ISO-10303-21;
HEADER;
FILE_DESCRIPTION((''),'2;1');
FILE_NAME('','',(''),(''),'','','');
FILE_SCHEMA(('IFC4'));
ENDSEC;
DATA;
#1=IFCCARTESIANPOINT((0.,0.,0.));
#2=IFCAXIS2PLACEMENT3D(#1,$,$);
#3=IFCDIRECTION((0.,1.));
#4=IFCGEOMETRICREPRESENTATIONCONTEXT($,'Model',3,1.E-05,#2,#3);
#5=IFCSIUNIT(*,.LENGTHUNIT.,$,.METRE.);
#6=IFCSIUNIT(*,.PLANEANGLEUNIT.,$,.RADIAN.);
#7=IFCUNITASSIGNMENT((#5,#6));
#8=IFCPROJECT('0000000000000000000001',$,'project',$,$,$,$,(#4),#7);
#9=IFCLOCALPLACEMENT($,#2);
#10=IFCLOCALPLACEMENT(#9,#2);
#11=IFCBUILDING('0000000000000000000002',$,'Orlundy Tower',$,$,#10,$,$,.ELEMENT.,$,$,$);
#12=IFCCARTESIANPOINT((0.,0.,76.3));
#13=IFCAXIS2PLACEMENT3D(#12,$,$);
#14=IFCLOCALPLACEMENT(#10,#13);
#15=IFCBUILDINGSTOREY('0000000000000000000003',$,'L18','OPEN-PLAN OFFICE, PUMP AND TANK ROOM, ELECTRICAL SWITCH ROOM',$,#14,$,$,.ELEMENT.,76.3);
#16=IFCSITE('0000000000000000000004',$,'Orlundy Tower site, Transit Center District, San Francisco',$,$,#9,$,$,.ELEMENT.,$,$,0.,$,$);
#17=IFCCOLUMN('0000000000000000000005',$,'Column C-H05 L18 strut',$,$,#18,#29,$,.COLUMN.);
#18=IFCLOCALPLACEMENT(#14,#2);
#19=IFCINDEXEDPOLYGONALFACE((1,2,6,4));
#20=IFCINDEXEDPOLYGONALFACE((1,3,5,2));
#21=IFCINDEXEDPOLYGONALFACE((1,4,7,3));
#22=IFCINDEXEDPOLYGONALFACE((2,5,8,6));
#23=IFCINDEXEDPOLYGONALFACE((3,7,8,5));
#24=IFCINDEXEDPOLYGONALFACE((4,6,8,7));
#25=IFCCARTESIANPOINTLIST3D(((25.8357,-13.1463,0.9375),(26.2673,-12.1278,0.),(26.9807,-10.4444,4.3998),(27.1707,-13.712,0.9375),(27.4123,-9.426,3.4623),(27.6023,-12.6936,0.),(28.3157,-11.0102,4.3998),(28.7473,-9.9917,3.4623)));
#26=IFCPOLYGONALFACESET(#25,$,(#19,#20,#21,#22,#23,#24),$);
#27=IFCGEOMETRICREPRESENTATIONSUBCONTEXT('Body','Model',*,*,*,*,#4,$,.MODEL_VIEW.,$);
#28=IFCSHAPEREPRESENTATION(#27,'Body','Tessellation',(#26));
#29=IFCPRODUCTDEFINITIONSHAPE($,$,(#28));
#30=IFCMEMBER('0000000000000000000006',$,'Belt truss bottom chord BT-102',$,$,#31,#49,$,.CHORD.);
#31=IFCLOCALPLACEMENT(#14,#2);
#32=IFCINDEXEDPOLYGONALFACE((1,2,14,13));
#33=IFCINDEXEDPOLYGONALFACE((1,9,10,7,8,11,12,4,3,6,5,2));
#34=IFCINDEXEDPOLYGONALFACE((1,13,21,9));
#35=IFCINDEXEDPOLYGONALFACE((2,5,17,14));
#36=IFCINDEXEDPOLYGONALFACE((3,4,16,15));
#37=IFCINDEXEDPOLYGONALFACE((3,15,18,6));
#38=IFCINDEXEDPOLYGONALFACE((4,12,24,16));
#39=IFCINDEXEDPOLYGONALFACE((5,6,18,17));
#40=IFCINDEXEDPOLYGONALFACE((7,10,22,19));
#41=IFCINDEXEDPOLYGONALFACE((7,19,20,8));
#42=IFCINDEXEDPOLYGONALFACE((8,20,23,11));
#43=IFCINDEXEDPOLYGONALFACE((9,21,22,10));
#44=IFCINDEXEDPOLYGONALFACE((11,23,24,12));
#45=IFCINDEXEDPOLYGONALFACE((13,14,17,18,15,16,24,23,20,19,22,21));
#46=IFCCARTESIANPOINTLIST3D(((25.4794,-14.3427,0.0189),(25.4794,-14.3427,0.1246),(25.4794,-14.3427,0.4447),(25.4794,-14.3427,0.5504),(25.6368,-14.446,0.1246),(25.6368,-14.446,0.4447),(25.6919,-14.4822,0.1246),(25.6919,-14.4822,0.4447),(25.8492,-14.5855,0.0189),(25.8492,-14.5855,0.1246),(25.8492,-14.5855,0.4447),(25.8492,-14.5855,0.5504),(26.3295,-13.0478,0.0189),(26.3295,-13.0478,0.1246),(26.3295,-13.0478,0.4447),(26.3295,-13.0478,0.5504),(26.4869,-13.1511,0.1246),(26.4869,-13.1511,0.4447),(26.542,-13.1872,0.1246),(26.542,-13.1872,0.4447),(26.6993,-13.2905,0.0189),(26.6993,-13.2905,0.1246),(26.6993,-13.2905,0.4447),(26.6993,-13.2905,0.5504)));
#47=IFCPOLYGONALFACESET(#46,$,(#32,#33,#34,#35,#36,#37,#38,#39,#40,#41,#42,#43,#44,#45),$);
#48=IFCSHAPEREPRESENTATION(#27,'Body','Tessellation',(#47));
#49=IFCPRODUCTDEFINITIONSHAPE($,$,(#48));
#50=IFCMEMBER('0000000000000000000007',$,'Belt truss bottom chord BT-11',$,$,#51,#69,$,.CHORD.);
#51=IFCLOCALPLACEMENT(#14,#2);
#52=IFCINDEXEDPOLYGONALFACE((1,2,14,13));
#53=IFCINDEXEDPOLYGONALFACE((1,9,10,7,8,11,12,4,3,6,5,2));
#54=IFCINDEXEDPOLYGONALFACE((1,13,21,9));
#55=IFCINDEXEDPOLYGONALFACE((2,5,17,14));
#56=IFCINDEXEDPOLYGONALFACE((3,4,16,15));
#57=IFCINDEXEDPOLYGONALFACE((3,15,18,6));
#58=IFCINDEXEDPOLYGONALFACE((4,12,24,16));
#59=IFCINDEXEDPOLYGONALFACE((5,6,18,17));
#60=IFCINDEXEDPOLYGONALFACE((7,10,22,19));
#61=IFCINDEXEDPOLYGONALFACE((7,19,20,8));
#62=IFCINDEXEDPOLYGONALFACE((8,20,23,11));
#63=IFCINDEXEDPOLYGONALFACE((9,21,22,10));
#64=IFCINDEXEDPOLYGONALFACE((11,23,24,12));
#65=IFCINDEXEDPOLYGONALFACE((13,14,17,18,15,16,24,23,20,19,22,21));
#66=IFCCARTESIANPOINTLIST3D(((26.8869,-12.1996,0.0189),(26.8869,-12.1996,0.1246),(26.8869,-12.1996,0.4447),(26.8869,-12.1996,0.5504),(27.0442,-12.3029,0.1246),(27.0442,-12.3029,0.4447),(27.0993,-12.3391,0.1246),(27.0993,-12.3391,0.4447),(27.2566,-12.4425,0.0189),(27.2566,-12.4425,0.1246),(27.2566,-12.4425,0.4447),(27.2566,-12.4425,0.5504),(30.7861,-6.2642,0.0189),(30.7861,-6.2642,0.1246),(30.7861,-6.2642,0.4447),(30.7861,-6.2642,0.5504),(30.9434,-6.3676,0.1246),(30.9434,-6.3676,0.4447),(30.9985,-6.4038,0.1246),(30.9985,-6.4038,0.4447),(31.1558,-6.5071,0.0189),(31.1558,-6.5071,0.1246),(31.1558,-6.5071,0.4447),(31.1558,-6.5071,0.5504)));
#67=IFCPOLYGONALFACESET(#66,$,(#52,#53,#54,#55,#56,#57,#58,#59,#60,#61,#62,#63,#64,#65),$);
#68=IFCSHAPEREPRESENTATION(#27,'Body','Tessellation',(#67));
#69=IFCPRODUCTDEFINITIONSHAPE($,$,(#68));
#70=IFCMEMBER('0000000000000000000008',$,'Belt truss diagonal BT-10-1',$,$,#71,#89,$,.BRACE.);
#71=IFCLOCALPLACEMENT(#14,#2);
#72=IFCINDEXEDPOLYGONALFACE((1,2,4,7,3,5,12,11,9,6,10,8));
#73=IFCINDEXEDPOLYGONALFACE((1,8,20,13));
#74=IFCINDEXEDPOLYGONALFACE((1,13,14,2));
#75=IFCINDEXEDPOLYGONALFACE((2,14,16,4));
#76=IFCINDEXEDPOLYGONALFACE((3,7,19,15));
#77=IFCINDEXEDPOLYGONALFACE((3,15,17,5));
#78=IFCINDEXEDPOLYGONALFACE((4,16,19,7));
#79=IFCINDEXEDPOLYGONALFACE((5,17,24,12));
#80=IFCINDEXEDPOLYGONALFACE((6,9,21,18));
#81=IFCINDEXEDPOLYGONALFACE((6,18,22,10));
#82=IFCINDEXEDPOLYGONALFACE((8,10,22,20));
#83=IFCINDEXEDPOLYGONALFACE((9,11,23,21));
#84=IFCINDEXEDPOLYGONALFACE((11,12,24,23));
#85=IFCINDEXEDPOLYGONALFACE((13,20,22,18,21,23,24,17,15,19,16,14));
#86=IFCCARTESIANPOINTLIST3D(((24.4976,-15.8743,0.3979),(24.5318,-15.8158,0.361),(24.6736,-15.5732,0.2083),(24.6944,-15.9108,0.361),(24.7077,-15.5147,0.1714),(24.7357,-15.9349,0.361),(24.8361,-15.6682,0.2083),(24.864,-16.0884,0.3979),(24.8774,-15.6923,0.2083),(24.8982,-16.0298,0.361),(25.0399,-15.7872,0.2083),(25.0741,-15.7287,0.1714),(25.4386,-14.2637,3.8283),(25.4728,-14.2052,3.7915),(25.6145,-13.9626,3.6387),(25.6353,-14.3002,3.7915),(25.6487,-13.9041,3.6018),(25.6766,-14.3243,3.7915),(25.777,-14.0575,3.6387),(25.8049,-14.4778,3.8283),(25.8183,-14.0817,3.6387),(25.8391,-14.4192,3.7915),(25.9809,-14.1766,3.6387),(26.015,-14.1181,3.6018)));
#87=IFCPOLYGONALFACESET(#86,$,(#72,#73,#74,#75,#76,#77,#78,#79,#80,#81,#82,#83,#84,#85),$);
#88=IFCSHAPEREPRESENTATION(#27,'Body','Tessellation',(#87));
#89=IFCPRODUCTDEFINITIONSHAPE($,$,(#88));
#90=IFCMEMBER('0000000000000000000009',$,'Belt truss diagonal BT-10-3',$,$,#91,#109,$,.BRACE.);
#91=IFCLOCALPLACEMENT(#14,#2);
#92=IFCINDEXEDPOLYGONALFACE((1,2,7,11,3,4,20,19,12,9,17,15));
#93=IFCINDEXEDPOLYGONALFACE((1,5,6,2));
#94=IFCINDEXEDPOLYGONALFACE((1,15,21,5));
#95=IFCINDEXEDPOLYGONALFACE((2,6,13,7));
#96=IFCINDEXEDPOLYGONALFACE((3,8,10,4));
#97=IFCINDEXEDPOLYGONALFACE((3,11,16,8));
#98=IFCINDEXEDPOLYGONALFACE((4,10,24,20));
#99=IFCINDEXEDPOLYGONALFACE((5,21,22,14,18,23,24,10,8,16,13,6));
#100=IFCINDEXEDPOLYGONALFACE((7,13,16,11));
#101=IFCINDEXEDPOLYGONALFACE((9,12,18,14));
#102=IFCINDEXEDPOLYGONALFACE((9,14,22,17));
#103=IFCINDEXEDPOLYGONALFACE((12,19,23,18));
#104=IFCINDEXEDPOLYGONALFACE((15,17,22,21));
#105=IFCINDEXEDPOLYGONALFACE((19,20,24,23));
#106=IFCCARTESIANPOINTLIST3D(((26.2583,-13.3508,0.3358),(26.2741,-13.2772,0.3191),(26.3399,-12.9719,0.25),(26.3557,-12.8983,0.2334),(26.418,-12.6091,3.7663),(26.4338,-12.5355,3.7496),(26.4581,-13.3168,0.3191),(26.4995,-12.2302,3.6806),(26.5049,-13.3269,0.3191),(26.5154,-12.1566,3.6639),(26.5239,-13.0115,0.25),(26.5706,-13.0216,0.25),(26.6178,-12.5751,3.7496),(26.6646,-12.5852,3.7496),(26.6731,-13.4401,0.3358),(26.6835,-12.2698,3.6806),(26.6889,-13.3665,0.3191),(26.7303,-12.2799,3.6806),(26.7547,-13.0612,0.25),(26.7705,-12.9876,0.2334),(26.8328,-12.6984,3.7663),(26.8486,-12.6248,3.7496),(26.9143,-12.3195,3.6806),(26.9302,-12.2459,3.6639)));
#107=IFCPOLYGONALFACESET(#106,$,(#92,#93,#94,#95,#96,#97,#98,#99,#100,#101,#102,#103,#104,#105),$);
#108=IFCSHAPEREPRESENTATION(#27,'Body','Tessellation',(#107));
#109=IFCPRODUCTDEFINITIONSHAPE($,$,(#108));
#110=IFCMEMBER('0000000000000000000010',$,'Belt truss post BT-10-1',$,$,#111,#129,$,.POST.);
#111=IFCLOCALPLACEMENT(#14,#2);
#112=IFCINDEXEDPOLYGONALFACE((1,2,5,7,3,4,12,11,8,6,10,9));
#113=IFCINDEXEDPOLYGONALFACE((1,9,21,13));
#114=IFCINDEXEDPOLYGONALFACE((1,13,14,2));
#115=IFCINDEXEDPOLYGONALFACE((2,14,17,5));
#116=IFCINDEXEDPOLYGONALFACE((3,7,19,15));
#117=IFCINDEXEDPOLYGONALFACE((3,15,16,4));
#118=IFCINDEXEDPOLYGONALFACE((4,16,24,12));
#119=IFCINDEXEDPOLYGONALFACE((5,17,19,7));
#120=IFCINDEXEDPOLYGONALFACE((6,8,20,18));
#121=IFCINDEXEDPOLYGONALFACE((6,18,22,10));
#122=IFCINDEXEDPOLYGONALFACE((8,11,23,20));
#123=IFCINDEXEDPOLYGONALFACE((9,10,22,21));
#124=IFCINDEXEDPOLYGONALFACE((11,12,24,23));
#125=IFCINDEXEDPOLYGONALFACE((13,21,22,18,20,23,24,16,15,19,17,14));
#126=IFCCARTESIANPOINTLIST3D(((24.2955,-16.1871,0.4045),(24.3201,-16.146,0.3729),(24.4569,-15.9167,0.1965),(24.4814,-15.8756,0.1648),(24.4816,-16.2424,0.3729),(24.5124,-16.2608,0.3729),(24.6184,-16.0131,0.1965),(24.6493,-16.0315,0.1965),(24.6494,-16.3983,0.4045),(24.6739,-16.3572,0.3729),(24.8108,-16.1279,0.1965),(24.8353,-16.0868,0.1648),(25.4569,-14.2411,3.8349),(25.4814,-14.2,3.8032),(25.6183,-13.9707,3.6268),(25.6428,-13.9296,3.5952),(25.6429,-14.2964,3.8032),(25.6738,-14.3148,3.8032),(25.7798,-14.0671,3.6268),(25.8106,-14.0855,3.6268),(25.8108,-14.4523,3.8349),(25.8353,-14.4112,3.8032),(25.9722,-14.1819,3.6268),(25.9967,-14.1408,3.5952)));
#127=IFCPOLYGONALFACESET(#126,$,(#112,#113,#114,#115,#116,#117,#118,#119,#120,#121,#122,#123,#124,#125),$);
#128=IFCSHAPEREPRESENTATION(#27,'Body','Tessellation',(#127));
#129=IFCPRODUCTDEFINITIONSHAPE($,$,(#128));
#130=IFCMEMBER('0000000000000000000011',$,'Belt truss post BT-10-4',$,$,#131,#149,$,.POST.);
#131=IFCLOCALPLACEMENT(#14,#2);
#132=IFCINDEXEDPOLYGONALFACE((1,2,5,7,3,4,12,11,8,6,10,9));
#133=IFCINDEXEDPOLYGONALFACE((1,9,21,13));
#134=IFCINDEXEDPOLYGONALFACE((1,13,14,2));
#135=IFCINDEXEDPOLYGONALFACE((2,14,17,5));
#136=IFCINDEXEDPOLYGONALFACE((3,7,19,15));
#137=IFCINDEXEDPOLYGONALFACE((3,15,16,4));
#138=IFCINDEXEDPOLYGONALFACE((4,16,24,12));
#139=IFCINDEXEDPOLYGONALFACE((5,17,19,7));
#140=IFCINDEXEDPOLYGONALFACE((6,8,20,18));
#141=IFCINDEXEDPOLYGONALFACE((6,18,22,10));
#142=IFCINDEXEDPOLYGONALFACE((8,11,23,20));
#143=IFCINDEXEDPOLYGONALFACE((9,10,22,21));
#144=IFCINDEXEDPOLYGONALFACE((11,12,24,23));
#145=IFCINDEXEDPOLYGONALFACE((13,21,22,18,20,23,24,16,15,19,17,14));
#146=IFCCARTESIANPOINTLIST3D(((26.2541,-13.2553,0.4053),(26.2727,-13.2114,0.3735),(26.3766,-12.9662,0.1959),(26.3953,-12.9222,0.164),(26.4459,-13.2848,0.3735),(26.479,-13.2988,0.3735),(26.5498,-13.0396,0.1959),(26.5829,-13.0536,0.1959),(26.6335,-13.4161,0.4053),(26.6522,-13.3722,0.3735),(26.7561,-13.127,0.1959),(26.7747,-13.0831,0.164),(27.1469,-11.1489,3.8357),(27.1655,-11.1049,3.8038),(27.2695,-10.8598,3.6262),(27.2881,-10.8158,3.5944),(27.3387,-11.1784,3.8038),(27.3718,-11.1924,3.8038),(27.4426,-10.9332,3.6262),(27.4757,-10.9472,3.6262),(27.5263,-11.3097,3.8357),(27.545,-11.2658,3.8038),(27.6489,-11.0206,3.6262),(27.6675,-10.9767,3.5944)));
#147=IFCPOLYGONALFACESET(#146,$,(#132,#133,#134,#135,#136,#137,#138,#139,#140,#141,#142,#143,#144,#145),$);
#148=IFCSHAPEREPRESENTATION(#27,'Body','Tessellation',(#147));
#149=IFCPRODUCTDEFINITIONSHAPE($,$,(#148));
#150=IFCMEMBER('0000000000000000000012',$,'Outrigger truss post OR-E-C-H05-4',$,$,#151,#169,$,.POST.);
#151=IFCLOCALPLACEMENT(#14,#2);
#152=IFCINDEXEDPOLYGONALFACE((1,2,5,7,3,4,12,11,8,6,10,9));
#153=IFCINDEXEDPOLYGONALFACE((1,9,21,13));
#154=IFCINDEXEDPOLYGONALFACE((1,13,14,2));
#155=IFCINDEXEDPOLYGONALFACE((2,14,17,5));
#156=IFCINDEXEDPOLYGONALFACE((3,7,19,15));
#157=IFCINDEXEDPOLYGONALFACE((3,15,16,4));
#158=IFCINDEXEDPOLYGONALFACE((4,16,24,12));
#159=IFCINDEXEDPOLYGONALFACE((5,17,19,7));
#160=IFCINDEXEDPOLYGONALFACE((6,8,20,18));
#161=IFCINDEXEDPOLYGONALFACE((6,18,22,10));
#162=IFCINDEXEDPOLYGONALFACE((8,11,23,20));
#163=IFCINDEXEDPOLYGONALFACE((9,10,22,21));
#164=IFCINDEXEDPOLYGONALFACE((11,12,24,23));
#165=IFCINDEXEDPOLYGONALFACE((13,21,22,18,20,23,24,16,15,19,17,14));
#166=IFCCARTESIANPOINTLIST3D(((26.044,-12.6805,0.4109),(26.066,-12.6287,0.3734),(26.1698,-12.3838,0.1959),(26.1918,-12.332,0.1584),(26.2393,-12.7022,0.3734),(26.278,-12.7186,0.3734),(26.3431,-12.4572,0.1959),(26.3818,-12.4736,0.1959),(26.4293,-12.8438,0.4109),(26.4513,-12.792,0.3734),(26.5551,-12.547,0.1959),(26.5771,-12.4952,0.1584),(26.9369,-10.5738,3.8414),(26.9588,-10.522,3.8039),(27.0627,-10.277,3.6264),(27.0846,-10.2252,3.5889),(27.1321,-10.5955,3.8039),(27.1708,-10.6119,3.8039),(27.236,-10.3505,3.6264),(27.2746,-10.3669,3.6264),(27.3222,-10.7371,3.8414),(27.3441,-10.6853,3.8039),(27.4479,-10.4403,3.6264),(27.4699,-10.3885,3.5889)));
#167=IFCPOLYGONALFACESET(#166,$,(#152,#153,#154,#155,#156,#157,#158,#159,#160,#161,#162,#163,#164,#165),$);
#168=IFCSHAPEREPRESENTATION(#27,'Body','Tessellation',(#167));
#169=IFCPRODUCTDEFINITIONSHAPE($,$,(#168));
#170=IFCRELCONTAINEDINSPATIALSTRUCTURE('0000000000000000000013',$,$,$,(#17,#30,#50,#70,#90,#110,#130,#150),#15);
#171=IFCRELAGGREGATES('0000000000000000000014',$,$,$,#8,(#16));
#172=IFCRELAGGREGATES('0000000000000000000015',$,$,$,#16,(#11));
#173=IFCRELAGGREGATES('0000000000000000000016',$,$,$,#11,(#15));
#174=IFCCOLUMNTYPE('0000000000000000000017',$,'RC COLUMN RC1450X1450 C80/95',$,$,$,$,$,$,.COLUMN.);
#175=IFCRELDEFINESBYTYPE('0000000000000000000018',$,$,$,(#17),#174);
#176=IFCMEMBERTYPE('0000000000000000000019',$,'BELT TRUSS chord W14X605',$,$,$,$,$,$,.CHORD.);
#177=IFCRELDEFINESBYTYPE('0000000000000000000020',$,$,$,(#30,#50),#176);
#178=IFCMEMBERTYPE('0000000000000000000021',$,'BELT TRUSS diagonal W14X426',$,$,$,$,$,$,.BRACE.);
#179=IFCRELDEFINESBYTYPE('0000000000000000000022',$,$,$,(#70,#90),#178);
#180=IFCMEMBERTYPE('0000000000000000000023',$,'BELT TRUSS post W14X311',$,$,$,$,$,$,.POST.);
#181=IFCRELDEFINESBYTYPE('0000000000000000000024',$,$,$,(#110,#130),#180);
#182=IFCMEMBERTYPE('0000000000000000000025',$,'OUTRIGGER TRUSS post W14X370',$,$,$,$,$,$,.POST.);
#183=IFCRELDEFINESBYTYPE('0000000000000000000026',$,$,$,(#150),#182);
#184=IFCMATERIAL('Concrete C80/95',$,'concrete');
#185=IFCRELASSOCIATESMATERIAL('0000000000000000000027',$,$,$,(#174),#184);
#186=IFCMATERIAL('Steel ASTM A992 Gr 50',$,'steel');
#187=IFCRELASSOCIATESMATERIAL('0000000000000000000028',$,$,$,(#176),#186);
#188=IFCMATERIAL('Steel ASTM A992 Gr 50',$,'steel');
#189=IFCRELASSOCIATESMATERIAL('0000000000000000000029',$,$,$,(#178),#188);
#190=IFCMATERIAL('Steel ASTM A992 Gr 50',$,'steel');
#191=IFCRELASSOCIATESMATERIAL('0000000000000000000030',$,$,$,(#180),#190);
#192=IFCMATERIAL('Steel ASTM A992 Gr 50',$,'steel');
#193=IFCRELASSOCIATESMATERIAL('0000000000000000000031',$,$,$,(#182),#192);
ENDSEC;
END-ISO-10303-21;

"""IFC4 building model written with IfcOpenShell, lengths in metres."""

from ifc_helpers import new_model, si_unit, direction, frame, origin, origin_2d, place, context, subcontext, project, spatial, rectangle, i_section, extrude, material, material_profile, profile_set, type_object, element, save


model = new_model("IFC4")

# Units and contexts
model_context = context("Model", 3, precision=1e-05, world=origin(), true_north=direction((0.0, 1.0)))
body_context = subcontext(model_context, "Body", "Model", "MODEL_VIEW")
ifc_project = project(units=[si_unit("LENGTHUNIT", "METRE"), si_unit("PLANEANGLEUNIT", "RADIAN")], contexts=[model_context])

# Site, building, storey
site_placement = place(None, origin())
site = spatial("IfcSite", under=ifc_project, at=site_placement, Name="Orlundy Tower site, Transit Center District, San Francisco", CompositionType="ELEMENT", RefElevation=0.0)
building_placement = place(site_placement, origin())
building = spatial("IfcBuilding", under=site, at=building_placement, Name="Orlundy Tower", CompositionType="ELEMENT")
storey_placement = place(building_placement, frame((0.0, 0.0, 76.3)))
storey = spatial("IfcBuildingStorey", under=building, at=storey_placement, Name="L18", Description="OPEN-PLAN OFFICE, PUMP AND TANK ROOM, ELECTRICAL SWITCH ROOM", CompositionType="ELEMENT", Elevation=76.3)

# Column
ifc_material_1 = material(Name="Concrete C80/95", Category="concrete")
ifc_material_profile_1 = material_profile(ifc_material_1, rectangle(XDim=1.45, YDim=1.45, at=origin_2d()), Name="RC1450X1450")
ifc_profile_set_1 = profile_set([ifc_material_profile_1], Name="Concrete C80/95")
column_type = type_object("IfcColumnType", Name="RC COLUMN RC1450X1450 C80/95", PredefinedType="COLUMN", material=ifc_profile_set_1)
column_1_placement = place(storey_placement, frame((26.719, -12.9199, 0.4688), z_axis=(0.25228, 0.595307, 0.762866), x_axis=(-0.920734, 0.390191, 0.0)))
element("IfcColumn", 1, at=column_1_placement, inside=storey, type_object=column_type, Name="Column C-H05 L18 strut", PredefinedType="COLUMN", context=body_context, shape_type="SweptSolid", body=[
    extrude(rectangle(XDim=1.45, YDim=1.45, at=origin_2d()), origin(), (0.0, 0.0, 1.0), 4.5386),
])

# Members
ifc_material_2 = material(Name="Steel ASTM A992 Gr 50", Category="steel")
ifc_material_profile_2 = material_profile(ifc_material_2, i_section(OverallWidth=0.4424, OverallDepth=0.5315, WebThickness=0.0659, FlangeThickness=0.1057, at=origin_2d()), Name="W14X605")
ifc_profile_set_2 = profile_set([ifc_material_profile_2], Name="Steel ASTM A992 Gr 50")
member_type_1 = type_object("IfcMemberType", Name="BELT TRUSS chord W14X605", PredefinedType="CHORD", material=ifc_profile_set_2)
member_1_placement = place(storey_placement, frame((25.6643, -14.4641, 0.2847), z_axis=(0.548794, 0.835958, 0.0), x_axis=(-0.835958, 0.548794, 0.0)))
element("IfcMember", 2, at=member_1_placement, inside=storey, type_object=member_type_1, Name="Belt truss bottom chord BT-102", PredefinedType="CHORD", context=body_context, shape_type="SweptSolid", body=[
    extrude(i_section(OverallWidth=0.4424, OverallDepth=0.5315, WebThickness=0.0659, FlangeThickness=0.1057, at=origin_2d()), origin(), (0.0, 0.0, 1.0), 1.5491),
])
member_2_placement = place(storey_placement, frame((27.0718, -12.321, 0.2847), z_axis=(0.549063, 0.835781, 0.0), x_axis=(-0.835781, 0.549063, 0.0)))
element("IfcMember", 3, at=member_2_placement, inside=storey, type_object=member_type_1, Name="Belt truss bottom chord BT-11", PredefinedType="CHORD", context=body_context, shape_type="SweptSolid", body=[
    extrude(i_section(OverallWidth=0.4424, OverallDepth=0.5315, WebThickness=0.0659, FlangeThickness=0.1057, at=origin_2d()), origin(), (0.0, 0.0, 1.0), 7.1016),
])
ifc_material_3 = material(Name="Steel ASTM A992 Gr 50", Category="steel")
ifc_material_profile_3 = material_profile(ifc_material_3, i_section(OverallWidth=0.4243, OverallDepth=0.4741, WebThickness=0.0479, FlangeThickness=0.0771, at=origin_2d()), Name="W14X426")
ifc_profile_set_3 = profile_set([ifc_material_profile_3], Name="Steel ASTM A992 Gr 50")
member_type_2 = type_object("IfcMemberType", Name="BELT TRUSS diagonal W14X426", PredefinedType="BRACE", material=ifc_profile_set_3)
member_3_placement = place(storey_placement, frame((25.7268, -14.1909, 3.7151), z_axis=(-0.240967, -0.41247, -0.878523), x_axis=(0.863451, -0.504432, 0.0)))
element("IfcMember", 4, at=member_3_placement, inside=storey, type_object=member_type_2, Name="Belt truss diagonal BT-10-1", PredefinedType="BRACE", context=body_context, shape_type="SweptSolid", body=[
    extrude(i_section(OverallWidth=0.4243, OverallDepth=0.4741, WebThickness=0.0479, FlangeThickness=0.0771, at=origin_2d()), origin(), (0.0, 0.0, 1.0), 3.9048),
])
member_4_placement = place(storey_placement, frame((26.6741, -12.4275, 3.7151), z_axis=(-0.045447, -0.211111, -0.976405), x_axis=(0.977604, -0.210452, 0.0)))
element("IfcMember", 5, at=member_4_placement, inside=storey, type_object=member_type_2, Name="Belt truss diagonal BT-10-3", PredefinedType="BRACE", context=body_context, shape_type="SweptSolid", body=[
    extrude(i_section(OverallWidth=0.4243, OverallDepth=0.4741, WebThickness=0.0479, FlangeThickness=0.0771, at=origin_2d()), origin(), (0.0, 0.0, 1.0), 3.5134),
])
ifc_material_4 = material(Name="Steel ASTM A992 Gr 50", Category="steel")
ifc_material_profile_4 = material_profile(ifc_material_4, i_section(OverallWidth=0.4121, OverallDepth=0.4348, WebThickness=0.0359, FlangeThickness=0.0574, at=origin_2d()), Name="W14X311")
ifc_profile_set_4 = profile_set([ifc_material_profile_4], Name="Steel ASTM A992 Gr 50")
member_type_3 = type_object("IfcMemberType", Name="BELT TRUSS post W14X311", PredefinedType="POST", material=ifc_profile_set_4)
member_5_placement = place(storey_placement, frame((24.5654, -16.137, 0.2847), z_axis=(0.282477, 0.473328, 0.834366), x_axis=(-0.858707, 0.512466, 0.0)))
element("IfcMember", 6, at=member_5_placement, inside=storey, type_object=member_type_3, Name="Belt truss post BT-10-1", PredefinedType="POST", context=body_context, shape_type="SweptSolid", body=[
    extrude(i_section(OverallWidth=0.4121, OverallDepth=0.4348, WebThickness=0.0359, FlangeThickness=0.0574, at=origin_2d()), origin(), (0.0, 0.0, 1.0), 4.1113),
])
member_6_placement = place(storey_placement, frame((26.5144, -13.1692, 0.2847), z_axis=(0.216528, 0.510858, 0.83195), x_axis=(-0.920711, 0.390246, 0.0)))
element("IfcMember", 7, at=member_6_placement, inside=storey, type_object=member_type_3, Name="Belt truss post BT-10-4", PredefinedType="POST", context=body_context, shape_type="SweptSolid", body=[
    extrude(i_section(OverallWidth=0.4121, OverallDepth=0.4348, WebThickness=0.0359, FlangeThickness=0.0574, at=origin_2d()), origin(), (0.0, 0.0, 1.0), 4.1233),
])
ifc_material_5 = material(Name="Steel ASTM A992 Gr 50", Category="steel")
ifc_material_profile_5 = material_profile(ifc_material_5, i_section(OverallWidth=0.4185, OverallDepth=0.4551, WebThickness=0.042, FlangeThickness=0.0676, at=origin_2d()), Name="W14X370")
ifc_profile_set_5 = profile_set([ifc_material_profile_5], Name="Steel ASTM A992 Gr 50")
member_type_4 = type_object("IfcMemberType", Name="OUTRIGGER TRUSS post W14X370", PredefinedType="POST", material=ifc_profile_set_5)
member_7_placement = place(storey_placement, frame((26.3105, -12.5879, 0.2847), z_axis=(0.216522, 0.510901, 0.831924), x_axis=(-0.920727, 0.390207, 0.0)))
element("IfcMember", 8, at=member_7_placement, inside=storey, type_object=member_type_4, Name="Outrigger truss post OR-E-C-H05-4", PredefinedType="POST", context=body_context, shape_type="SweptSolid", body=[
    extrude(i_section(OverallWidth=0.4185, OverallDepth=0.4551, WebThickness=0.042, FlangeThickness=0.0676, at=origin_2d()), origin(), (0.0, 0.0, 1.0), 4.1235),
])

save(model, "model.ifc")
